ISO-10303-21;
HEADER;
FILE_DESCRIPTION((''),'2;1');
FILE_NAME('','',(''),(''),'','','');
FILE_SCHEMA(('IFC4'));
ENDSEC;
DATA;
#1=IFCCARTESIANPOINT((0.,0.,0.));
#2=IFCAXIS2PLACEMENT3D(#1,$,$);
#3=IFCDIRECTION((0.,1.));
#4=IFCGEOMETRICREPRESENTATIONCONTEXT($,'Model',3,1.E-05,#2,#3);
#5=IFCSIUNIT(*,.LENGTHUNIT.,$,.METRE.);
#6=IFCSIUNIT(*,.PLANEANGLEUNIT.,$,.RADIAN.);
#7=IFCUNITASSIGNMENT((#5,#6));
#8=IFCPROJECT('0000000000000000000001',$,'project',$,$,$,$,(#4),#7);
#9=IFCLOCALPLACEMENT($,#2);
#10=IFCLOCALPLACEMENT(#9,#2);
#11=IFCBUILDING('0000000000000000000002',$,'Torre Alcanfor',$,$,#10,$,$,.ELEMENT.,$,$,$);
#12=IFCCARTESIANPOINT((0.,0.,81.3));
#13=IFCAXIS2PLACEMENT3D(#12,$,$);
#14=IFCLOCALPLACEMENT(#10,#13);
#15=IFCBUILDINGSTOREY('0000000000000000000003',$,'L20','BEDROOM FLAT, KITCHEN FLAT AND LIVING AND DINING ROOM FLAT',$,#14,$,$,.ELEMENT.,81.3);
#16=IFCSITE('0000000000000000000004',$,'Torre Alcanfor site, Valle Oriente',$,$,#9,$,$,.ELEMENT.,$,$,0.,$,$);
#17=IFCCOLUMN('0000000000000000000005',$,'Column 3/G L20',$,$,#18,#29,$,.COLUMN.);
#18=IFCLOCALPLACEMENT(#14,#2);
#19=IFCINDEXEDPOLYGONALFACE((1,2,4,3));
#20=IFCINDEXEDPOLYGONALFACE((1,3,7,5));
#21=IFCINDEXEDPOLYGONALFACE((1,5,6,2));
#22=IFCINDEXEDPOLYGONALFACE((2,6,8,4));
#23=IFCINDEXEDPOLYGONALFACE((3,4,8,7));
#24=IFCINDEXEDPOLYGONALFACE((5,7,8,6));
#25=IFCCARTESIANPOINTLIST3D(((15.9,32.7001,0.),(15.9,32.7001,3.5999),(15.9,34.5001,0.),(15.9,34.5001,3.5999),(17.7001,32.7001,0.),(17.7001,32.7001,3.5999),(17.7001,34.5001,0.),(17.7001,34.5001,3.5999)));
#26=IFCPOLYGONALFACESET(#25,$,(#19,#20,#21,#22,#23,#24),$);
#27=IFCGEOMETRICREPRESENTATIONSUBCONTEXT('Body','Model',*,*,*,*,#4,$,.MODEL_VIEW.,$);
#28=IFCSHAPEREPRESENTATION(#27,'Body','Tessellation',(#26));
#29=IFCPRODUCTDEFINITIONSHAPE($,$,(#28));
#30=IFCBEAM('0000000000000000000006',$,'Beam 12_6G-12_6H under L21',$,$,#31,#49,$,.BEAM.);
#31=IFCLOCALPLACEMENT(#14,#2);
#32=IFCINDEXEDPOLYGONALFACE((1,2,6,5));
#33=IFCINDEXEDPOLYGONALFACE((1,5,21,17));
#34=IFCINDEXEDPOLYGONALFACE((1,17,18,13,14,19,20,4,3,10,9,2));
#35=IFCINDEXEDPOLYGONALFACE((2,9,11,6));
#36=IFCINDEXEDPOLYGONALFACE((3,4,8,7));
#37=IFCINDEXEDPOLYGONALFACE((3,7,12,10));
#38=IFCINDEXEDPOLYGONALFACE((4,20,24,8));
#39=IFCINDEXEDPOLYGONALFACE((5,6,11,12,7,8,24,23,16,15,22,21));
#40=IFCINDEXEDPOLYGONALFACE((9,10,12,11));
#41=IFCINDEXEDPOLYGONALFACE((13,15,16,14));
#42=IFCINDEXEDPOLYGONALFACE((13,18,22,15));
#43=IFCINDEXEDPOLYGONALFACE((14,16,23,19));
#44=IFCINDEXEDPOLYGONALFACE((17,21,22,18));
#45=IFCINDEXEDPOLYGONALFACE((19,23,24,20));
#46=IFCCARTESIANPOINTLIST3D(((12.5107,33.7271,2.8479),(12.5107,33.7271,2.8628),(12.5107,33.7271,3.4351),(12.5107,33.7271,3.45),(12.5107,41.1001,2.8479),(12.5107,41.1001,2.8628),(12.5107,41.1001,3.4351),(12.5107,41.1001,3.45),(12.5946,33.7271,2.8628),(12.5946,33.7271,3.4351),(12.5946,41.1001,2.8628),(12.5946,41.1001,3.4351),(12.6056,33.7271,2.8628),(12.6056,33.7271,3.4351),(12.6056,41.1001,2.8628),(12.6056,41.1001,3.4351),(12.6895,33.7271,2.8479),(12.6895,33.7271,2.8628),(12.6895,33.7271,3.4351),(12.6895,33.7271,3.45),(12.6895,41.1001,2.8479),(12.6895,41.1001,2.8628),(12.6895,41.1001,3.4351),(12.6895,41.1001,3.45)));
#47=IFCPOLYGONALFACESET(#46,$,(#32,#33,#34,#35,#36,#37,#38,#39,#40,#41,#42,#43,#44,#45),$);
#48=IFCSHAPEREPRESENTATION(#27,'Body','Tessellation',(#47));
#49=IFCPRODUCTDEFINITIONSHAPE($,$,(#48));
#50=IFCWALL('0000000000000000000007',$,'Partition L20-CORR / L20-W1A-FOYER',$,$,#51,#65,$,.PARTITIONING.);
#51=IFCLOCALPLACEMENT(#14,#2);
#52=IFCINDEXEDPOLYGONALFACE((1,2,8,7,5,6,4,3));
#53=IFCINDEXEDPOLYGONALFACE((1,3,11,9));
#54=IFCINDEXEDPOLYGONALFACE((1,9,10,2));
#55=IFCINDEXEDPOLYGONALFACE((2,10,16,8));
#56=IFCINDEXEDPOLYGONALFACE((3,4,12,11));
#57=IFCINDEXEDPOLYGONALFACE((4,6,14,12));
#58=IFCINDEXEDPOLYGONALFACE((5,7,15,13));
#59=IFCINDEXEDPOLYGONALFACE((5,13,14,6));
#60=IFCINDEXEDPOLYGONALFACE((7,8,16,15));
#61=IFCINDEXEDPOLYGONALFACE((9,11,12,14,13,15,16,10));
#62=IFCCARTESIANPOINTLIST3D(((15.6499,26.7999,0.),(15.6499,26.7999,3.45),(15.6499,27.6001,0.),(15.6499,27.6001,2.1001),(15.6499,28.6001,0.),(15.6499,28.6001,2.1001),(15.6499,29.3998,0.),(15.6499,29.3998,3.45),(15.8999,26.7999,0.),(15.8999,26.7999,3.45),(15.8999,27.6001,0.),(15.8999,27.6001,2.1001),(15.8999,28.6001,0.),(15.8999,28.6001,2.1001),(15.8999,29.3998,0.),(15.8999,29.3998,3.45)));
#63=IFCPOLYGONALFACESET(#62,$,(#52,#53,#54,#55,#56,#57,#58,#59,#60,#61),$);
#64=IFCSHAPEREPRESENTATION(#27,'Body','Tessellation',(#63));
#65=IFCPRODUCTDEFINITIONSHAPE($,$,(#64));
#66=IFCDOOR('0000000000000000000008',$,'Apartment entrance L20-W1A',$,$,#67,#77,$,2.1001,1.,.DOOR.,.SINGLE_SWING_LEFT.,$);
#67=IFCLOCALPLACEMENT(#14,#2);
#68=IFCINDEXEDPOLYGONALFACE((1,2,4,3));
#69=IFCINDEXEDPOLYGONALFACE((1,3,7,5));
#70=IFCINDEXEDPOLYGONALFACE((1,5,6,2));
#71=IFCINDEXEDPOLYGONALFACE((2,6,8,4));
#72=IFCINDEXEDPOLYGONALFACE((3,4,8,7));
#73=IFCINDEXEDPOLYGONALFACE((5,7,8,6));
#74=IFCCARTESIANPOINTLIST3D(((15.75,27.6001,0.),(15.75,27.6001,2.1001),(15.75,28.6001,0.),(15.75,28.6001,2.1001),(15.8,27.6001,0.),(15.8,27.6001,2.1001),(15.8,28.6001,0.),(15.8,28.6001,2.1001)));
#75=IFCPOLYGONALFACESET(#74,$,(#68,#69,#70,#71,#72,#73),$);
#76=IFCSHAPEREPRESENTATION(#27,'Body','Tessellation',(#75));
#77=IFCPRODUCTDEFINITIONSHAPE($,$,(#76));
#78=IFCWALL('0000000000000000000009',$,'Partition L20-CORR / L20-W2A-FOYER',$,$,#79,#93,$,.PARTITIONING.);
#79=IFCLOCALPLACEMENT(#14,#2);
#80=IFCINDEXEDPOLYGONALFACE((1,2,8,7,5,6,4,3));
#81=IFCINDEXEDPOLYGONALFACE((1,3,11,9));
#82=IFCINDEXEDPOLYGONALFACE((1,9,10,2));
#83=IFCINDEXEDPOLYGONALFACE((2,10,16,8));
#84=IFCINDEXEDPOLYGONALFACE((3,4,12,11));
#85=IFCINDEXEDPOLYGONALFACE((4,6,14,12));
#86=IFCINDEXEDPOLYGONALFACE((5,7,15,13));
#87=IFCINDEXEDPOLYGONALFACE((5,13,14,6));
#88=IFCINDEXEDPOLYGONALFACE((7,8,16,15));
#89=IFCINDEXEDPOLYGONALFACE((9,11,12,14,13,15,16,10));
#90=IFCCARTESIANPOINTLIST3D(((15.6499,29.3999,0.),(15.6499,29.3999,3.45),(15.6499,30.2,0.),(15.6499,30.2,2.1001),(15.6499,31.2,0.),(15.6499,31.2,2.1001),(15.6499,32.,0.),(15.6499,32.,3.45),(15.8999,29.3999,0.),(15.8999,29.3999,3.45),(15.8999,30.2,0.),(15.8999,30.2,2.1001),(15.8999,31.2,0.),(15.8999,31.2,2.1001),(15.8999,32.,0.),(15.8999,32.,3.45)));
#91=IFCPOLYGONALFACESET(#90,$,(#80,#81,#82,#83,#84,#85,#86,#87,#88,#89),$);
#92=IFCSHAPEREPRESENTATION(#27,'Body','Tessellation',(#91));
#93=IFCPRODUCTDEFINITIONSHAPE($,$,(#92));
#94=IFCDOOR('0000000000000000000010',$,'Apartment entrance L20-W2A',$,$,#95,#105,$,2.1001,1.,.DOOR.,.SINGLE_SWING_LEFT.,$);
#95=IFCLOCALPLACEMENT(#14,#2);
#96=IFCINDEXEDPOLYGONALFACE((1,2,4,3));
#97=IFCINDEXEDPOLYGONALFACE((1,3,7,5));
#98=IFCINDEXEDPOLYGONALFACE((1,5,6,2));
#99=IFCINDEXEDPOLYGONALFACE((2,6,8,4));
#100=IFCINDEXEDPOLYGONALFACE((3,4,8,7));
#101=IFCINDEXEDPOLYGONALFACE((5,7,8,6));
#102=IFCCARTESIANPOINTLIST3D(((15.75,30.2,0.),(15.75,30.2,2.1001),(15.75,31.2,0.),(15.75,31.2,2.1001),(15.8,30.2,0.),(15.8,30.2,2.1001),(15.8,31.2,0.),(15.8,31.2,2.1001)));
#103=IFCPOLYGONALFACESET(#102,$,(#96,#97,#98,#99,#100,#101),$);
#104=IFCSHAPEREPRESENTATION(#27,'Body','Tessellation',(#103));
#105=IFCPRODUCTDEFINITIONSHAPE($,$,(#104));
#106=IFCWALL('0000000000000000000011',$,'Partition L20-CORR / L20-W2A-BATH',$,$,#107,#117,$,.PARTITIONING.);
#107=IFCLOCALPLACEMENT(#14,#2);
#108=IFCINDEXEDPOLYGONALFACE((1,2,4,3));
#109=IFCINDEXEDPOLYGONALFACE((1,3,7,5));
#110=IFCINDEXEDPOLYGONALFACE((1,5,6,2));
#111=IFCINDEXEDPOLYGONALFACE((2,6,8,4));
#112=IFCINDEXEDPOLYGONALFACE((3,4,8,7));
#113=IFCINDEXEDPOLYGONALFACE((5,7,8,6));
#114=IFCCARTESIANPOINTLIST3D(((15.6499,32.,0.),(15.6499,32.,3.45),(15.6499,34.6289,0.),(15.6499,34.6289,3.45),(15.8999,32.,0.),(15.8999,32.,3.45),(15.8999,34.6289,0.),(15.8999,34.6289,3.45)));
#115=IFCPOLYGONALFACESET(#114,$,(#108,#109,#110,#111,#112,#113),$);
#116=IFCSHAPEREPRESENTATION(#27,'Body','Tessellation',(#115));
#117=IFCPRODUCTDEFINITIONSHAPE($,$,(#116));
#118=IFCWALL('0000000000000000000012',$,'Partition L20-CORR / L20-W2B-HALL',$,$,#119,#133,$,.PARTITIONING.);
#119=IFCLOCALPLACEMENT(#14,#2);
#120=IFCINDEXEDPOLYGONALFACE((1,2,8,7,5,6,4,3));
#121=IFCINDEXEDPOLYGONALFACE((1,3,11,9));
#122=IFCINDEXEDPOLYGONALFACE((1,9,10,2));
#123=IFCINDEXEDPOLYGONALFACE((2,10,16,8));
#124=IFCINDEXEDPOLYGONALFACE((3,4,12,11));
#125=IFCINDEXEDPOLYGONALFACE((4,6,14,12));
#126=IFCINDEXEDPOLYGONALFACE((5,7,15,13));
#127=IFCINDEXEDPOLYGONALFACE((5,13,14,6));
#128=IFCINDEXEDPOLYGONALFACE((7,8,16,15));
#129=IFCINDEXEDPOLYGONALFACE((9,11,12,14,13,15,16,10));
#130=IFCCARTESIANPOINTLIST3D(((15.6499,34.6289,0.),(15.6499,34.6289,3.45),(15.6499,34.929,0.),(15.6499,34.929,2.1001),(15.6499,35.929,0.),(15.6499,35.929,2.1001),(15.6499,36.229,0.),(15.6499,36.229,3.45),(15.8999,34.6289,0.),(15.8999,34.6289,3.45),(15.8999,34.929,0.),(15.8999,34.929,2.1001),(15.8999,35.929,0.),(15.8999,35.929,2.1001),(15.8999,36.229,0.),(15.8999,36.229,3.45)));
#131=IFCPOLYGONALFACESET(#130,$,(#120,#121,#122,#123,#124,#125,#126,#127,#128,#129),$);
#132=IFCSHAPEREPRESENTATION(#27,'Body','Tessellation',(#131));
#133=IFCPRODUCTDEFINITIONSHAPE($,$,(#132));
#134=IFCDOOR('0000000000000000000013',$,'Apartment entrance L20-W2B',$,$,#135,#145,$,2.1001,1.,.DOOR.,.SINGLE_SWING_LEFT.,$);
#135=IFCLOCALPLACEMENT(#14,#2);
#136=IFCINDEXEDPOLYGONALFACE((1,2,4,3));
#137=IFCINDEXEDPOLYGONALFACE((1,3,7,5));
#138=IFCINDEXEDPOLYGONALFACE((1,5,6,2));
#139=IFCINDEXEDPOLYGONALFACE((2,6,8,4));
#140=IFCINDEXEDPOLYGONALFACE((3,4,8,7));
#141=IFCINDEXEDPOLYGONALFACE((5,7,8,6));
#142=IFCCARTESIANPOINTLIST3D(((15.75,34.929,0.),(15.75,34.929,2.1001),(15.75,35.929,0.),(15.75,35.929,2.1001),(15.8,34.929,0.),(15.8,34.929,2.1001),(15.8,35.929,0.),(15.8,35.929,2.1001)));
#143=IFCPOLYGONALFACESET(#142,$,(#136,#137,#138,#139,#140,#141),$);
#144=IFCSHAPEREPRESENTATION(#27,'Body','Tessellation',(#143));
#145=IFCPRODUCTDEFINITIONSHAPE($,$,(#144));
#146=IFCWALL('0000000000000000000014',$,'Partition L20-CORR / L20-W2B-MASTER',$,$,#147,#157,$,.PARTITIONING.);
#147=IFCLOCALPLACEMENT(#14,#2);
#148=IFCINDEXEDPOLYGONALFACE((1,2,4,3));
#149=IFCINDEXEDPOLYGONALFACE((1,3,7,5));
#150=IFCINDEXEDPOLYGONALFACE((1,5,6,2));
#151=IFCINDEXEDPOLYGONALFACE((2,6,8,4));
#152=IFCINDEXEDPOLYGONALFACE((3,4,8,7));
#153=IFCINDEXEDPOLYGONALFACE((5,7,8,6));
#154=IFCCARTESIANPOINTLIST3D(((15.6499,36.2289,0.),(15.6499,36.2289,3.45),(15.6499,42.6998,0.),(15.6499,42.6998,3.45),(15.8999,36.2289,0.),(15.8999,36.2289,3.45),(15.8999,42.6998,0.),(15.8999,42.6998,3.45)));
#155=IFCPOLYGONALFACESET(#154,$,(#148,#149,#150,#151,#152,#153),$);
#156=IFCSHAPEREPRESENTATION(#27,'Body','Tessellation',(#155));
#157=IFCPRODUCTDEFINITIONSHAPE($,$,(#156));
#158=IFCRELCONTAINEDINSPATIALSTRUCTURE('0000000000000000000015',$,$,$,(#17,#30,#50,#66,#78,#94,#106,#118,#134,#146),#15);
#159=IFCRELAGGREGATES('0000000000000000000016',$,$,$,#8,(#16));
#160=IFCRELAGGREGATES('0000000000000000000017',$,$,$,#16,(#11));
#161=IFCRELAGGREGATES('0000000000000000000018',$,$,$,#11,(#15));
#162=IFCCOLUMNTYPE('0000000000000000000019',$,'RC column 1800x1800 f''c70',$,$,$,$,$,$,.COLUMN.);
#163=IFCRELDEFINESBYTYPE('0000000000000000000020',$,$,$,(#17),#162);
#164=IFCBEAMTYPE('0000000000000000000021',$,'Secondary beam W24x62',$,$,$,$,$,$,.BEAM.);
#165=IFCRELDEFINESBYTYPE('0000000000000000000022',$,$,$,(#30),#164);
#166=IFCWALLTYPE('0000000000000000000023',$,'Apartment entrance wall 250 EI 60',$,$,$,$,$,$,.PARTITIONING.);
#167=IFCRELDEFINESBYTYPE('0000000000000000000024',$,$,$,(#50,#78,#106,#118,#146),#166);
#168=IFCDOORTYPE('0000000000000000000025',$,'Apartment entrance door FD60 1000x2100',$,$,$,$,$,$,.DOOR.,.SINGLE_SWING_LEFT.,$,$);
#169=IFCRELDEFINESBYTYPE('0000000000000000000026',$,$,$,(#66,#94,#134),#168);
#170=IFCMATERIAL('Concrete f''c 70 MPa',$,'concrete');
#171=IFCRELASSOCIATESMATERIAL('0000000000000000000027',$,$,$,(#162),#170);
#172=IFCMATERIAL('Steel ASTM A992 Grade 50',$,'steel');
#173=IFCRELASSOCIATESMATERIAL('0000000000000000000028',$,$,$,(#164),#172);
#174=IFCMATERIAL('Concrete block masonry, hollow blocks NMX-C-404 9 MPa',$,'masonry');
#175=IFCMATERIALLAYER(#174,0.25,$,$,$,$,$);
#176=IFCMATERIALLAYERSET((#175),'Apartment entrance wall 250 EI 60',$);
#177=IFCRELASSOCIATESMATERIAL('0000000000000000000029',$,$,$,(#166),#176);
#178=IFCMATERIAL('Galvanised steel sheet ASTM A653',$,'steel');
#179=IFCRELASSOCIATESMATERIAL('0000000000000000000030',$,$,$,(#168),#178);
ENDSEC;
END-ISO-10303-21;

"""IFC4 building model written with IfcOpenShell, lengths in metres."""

from ifc_helpers import new_model, si_unit, direction, frame, frame_2d, origin, origin_2d, place, context, subcontext, project, spatial, rectangle, i_section, extrude, material, layer, layer_set, material_profile, profile_set, type_object, element, fill, save


model = new_model("IFC4")

# Units and contexts
model_context = context("Model", 3, precision=1e-05, world=origin(), true_north=direction((0.0, 1.0)))
body_context = subcontext(model_context, "Body", "Model", "MODEL_VIEW")
ifc_project = project(units=[si_unit("LENGTHUNIT", "METRE"), si_unit("PLANEANGLEUNIT", "RADIAN")], contexts=[model_context])

# Site, building, storey
site_placement = place(None, origin())
site = spatial("IfcSite", under=ifc_project, at=site_placement, Name="Torre Alcanfor site, Valle Oriente", CompositionType="ELEMENT", RefElevation=0.0)
building_placement = place(site_placement, origin())
building = spatial("IfcBuilding", under=site, at=building_placement, Name="Torre Alcanfor", CompositionType="ELEMENT")
storey_placement = place(building_placement, frame((0.0, 0.0, 81.3)))
storey = spatial("IfcBuildingStorey", under=building, at=storey_placement, Name="L20", Description="BEDROOM FLAT, KITCHEN FLAT AND LIVING AND DINING ROOM FLAT", CompositionType="ELEMENT", Elevation=81.3)

# Column
ifc_material_1 = material(Name="Concrete f'c 70 MPa", Category="concrete")
ifc_material_profile_1 = material_profile(ifc_material_1, rectangle(XDim=1.8, YDim=1.8, at=origin_2d()), Name="1800x1800")
ifc_profile_set_1 = profile_set([ifc_material_profile_1], Name="Concrete f'c 70 MPa")
column_type = type_object("IfcColumnType", Name="RC column 1800x1800 f'c70", PredefinedType="COLUMN", material=ifc_profile_set_1)
column_placement = place(storey_placement, frame((16.8, 33.6001, 0.0), z_axis=(0.0, 0.0, 1.0), x_axis=(1.0, 0.0, 0.0)))
element("IfcColumn", 1, at=column_placement, inside=storey, type_object=column_type, Name="Column 3/G L20", PredefinedType="COLUMN", context=body_context, shape_type="SweptSolid", body=[
    extrude(rectangle(XDim=1.8, YDim=1.8, at=origin_2d()), origin(), (0.0, 0.0, 1.0), 3.5999),
])

# Beam
ifc_material_2 = material(Name="Steel ASTM A992 Grade 50", Category="steel")
ifc_material_profile_2 = material_profile(ifc_material_2, i_section(OverallWidth=0.1787, OverallDepth=0.6021, WebThickness=0.011, FlangeThickness=0.0149, at=origin_2d()), Name="W24x62")
ifc_profile_set_2 = profile_set([ifc_material_profile_2], Name="Steel ASTM A992 Grade 50")
beam_type = type_object("IfcBeamType", Name="Secondary beam W24x62", PredefinedType="BEAM", material=ifc_profile_set_2)
beam_placement = place(storey_placement, frame((12.6001, 33.7271, 3.1489), z_axis=(0.0, 1.0, 0.0), x_axis=(-1.0, 0.0, 0.0)))
element("IfcBeam", 2, at=beam_placement, inside=storey, type_object=beam_type, Name="Beam 12_6G-12_6H under L21", PredefinedType="BEAM", context=body_context, shape_type="SweptSolid", body=[
    extrude(i_section(OverallWidth=0.1787, OverallDepth=0.6021, WebThickness=0.011, FlangeThickness=0.0149, at=origin_2d()), origin(), (0.0, 0.0, 1.0), 7.373),
])

# Walls, openings, doors
ifc_material_3 = material(Name="Concrete block masonry, hollow blocks NMX-C-404 9 MPa", Category="masonry")
ifc_layer_1 = layer(ifc_material_3, 0.25)
ifc_layer_set_1 = layer_set([ifc_layer_1], Name="Apartment entrance wall 250 EI 60")
wall_type_1 = type_object("IfcWallType", Name="Apartment entrance wall 250 EI 60", PredefinedType="PARTITIONING", material=ifc_layer_set_1)
wall_1_placement = place(storey_placement, frame((15.7749, 26.8, 0.0), z_axis=(0.0, 0.0, 1.0), x_axis=(0.0, 1.0, 0.0)))
wall_1 = element("IfcWall", 3, at=wall_1_placement, inside=storey, type_object=wall_type_1, Name="Partition L20-CORR / L20-W1A-FOYER", PredefinedType="PARTITIONING", context=body_context, shape_type="SweptSolid", body=[
    extrude(rectangle(XDim=2.5999, YDim=0.25, at=frame_2d((1.2998, 0.0))), origin(), (0.0, 0.0, 1.0), 3.45),
])
opening_1_placement = place(wall_1_placement, frame((0.8, 0.0, 0.0)))
opening_1 = element("IfcOpeningElement", 4, at=opening_1_placement, cuts=wall_1, PredefinedType="OPENING", context=body_context, shape_type="SweptSolid", body=[
    extrude(rectangle(XDim=1.0, YDim=2.1001, at=frame_2d((0.5, 1.05))), frame((0.0, 0.135, 0.0), z_axis=(0.0, -1.0, 0.0), x_axis=(1.0, 0.0, 0.0)), (0.0, 0.0, 1.0), 0.27),
])
ifc_material_4 = material(Name="Galvanised steel sheet ASTM A653", Category="steel")
door_type_1 = type_object("IfcDoorType", Name="Apartment entrance door FD60 1000x2100", OperationType="SINGLE_SWING_LEFT", PredefinedType="DOOR", material=ifc_material_4)
door_1_placement = place(opening_1_placement, origin())
door_1 = element("IfcDoor", 5, at=door_1_placement, inside=storey, type_object=door_type_1, Name="Apartment entrance L20-W1A", OperationType="SINGLE_SWING_LEFT", OverallHeight=2.1001, OverallWidth=1.0, PredefinedType="DOOR", context=body_context, shape_type="SweptSolid", body=[
    extrude(rectangle(XDim=1.0, YDim=2.1001, at=frame_2d((0.5, 1.05))), frame((0.0, 0.0249, 0.0), z_axis=(0.0, -1.0, 0.0), x_axis=(1.0, 0.0, 0.0)), (0.0, 0.0, 1.0), 0.05),
])
fill(opening_1, door_1)
wall_2_placement = place(storey_placement, frame((15.7749, 29.3999, 0.0), z_axis=(0.0, 0.0, 1.0), x_axis=(0.0, 1.0, 0.0)))
wall_2 = element("IfcWall", 6, at=wall_2_placement, inside=storey, type_object=wall_type_1, Name="Partition L20-CORR / L20-W2A-FOYER", PredefinedType="PARTITIONING", context=body_context, shape_type="SweptSolid", body=[
    extrude(rectangle(XDim=2.6001, YDim=0.25, at=frame_2d((1.3, 0.0))), origin(), (0.0, 0.0, 1.0), 3.45),
])
opening_2_placement = place(wall_2_placement, frame((0.8, 0.0, 0.0)))
opening_2 = element("IfcOpeningElement", 7, at=opening_2_placement, cuts=wall_2, PredefinedType="OPENING", context=body_context, shape_type="SweptSolid", body=[
    extrude(rectangle(XDim=1.0, YDim=2.1001, at=frame_2d((0.5, 1.05))), frame((0.0, 0.135, 0.0), z_axis=(0.0, -1.0, 0.0), x_axis=(1.0, 0.0, 0.0)), (0.0, 0.0, 1.0), 0.27),
])
door_2_placement = place(opening_2_placement, origin())
door_2 = element("IfcDoor", 8, at=door_2_placement, inside=storey, type_object=door_type_1, Name="Apartment entrance L20-W2A", OperationType="SINGLE_SWING_LEFT", OverallHeight=2.1001, OverallWidth=1.0, PredefinedType="DOOR", context=body_context, shape_type="SweptSolid", body=[
    extrude(rectangle(XDim=1.0, YDim=2.1001, at=frame_2d((0.5, 1.05))), frame((0.0, 0.0249, 0.0), z_axis=(0.0, -1.0, 0.0), x_axis=(1.0, 0.0, 0.0)), (0.0, 0.0, 1.0), 0.05),
])
fill(opening_2, door_2)

# Wall
wall_3_placement = place(storey_placement, frame((15.7749, 32.0, 0.0), z_axis=(0.0, 0.0, 1.0), x_axis=(0.0, 1.0, 0.0)))
element("IfcWall", 9, at=wall_3_placement, inside=storey, type_object=wall_type_1, Name="Partition L20-CORR / L20-W2A-BATH", PredefinedType="PARTITIONING", context=body_context, shape_type="SweptSolid", body=[
    extrude(rectangle(XDim=2.6289, YDim=0.25, at=frame_2d((1.3145, 0.0))), origin(), (0.0, 0.0, 1.0), 3.45),
])

# Wall, opening, door
wall_4_placement = place(storey_placement, frame((15.7749, 34.6289, 0.0), z_axis=(0.0, 0.0, 1.0), x_axis=(0.0, 1.0, 0.0)))
wall_4 = element("IfcWall", 10, at=wall_4_placement, inside=storey, type_object=wall_type_1, Name="Partition L20-CORR / L20-W2B-HALL", PredefinedType="PARTITIONING", context=body_context, shape_type="SweptSolid", body=[
    extrude(rectangle(XDim=1.6001, YDim=0.25, at=frame_2d((0.8, 0.0))), origin(), (0.0, 0.0, 1.0), 3.45),
])
opening_3_placement = place(wall_4_placement, frame((0.3, 0.0, 0.0)))
opening_3 = element("IfcOpeningElement", 11, at=opening_3_placement, cuts=wall_4, PredefinedType="OPENING", context=body_context, shape_type="SweptSolid", body=[
    extrude(rectangle(XDim=1.0, YDim=2.1001, at=frame_2d((0.5, 1.05))), frame((0.0, 0.135, 0.0), z_axis=(0.0, -1.0, 0.0), x_axis=(1.0, 0.0, 0.0)), (0.0, 0.0, 1.0), 0.27),
])
door_3_placement = place(opening_3_placement, origin())
door_3 = element("IfcDoor", 12, at=door_3_placement, inside=storey, type_object=door_type_1, Name="Apartment entrance L20-W2B", OperationType="SINGLE_SWING_LEFT", OverallHeight=2.1001, OverallWidth=1.0, PredefinedType="DOOR", context=body_context, shape_type="SweptSolid", body=[
    extrude(rectangle(XDim=1.0, YDim=2.1001, at=frame_2d((0.5, 1.05))), frame((0.0, 0.0249, 0.0), z_axis=(0.0, -1.0, 0.0), x_axis=(1.0, 0.0, 0.0)), (0.0, 0.0, 1.0), 0.05),
])
fill(opening_3, door_3)

# Wall
wall_5_placement = place(storey_placement, frame((15.7749, 36.229, 0.0), z_axis=(0.0, 0.0, 1.0), x_axis=(0.0, 1.0, 0.0)))
element("IfcWall", 13, at=wall_5_placement, inside=storey, type_object=wall_type_1, Name="Partition L20-CORR / L20-W2B-MASTER", PredefinedType="PARTITIONING", context=body_context, shape_type="SweptSolid", body=[
    extrude(rectangle(XDim=6.4709, YDim=0.25, at=frame_2d((3.2354, 0.0))), origin(), (0.0, 0.0, 1.0), 3.45),
])

save(model, "model.ifc")
